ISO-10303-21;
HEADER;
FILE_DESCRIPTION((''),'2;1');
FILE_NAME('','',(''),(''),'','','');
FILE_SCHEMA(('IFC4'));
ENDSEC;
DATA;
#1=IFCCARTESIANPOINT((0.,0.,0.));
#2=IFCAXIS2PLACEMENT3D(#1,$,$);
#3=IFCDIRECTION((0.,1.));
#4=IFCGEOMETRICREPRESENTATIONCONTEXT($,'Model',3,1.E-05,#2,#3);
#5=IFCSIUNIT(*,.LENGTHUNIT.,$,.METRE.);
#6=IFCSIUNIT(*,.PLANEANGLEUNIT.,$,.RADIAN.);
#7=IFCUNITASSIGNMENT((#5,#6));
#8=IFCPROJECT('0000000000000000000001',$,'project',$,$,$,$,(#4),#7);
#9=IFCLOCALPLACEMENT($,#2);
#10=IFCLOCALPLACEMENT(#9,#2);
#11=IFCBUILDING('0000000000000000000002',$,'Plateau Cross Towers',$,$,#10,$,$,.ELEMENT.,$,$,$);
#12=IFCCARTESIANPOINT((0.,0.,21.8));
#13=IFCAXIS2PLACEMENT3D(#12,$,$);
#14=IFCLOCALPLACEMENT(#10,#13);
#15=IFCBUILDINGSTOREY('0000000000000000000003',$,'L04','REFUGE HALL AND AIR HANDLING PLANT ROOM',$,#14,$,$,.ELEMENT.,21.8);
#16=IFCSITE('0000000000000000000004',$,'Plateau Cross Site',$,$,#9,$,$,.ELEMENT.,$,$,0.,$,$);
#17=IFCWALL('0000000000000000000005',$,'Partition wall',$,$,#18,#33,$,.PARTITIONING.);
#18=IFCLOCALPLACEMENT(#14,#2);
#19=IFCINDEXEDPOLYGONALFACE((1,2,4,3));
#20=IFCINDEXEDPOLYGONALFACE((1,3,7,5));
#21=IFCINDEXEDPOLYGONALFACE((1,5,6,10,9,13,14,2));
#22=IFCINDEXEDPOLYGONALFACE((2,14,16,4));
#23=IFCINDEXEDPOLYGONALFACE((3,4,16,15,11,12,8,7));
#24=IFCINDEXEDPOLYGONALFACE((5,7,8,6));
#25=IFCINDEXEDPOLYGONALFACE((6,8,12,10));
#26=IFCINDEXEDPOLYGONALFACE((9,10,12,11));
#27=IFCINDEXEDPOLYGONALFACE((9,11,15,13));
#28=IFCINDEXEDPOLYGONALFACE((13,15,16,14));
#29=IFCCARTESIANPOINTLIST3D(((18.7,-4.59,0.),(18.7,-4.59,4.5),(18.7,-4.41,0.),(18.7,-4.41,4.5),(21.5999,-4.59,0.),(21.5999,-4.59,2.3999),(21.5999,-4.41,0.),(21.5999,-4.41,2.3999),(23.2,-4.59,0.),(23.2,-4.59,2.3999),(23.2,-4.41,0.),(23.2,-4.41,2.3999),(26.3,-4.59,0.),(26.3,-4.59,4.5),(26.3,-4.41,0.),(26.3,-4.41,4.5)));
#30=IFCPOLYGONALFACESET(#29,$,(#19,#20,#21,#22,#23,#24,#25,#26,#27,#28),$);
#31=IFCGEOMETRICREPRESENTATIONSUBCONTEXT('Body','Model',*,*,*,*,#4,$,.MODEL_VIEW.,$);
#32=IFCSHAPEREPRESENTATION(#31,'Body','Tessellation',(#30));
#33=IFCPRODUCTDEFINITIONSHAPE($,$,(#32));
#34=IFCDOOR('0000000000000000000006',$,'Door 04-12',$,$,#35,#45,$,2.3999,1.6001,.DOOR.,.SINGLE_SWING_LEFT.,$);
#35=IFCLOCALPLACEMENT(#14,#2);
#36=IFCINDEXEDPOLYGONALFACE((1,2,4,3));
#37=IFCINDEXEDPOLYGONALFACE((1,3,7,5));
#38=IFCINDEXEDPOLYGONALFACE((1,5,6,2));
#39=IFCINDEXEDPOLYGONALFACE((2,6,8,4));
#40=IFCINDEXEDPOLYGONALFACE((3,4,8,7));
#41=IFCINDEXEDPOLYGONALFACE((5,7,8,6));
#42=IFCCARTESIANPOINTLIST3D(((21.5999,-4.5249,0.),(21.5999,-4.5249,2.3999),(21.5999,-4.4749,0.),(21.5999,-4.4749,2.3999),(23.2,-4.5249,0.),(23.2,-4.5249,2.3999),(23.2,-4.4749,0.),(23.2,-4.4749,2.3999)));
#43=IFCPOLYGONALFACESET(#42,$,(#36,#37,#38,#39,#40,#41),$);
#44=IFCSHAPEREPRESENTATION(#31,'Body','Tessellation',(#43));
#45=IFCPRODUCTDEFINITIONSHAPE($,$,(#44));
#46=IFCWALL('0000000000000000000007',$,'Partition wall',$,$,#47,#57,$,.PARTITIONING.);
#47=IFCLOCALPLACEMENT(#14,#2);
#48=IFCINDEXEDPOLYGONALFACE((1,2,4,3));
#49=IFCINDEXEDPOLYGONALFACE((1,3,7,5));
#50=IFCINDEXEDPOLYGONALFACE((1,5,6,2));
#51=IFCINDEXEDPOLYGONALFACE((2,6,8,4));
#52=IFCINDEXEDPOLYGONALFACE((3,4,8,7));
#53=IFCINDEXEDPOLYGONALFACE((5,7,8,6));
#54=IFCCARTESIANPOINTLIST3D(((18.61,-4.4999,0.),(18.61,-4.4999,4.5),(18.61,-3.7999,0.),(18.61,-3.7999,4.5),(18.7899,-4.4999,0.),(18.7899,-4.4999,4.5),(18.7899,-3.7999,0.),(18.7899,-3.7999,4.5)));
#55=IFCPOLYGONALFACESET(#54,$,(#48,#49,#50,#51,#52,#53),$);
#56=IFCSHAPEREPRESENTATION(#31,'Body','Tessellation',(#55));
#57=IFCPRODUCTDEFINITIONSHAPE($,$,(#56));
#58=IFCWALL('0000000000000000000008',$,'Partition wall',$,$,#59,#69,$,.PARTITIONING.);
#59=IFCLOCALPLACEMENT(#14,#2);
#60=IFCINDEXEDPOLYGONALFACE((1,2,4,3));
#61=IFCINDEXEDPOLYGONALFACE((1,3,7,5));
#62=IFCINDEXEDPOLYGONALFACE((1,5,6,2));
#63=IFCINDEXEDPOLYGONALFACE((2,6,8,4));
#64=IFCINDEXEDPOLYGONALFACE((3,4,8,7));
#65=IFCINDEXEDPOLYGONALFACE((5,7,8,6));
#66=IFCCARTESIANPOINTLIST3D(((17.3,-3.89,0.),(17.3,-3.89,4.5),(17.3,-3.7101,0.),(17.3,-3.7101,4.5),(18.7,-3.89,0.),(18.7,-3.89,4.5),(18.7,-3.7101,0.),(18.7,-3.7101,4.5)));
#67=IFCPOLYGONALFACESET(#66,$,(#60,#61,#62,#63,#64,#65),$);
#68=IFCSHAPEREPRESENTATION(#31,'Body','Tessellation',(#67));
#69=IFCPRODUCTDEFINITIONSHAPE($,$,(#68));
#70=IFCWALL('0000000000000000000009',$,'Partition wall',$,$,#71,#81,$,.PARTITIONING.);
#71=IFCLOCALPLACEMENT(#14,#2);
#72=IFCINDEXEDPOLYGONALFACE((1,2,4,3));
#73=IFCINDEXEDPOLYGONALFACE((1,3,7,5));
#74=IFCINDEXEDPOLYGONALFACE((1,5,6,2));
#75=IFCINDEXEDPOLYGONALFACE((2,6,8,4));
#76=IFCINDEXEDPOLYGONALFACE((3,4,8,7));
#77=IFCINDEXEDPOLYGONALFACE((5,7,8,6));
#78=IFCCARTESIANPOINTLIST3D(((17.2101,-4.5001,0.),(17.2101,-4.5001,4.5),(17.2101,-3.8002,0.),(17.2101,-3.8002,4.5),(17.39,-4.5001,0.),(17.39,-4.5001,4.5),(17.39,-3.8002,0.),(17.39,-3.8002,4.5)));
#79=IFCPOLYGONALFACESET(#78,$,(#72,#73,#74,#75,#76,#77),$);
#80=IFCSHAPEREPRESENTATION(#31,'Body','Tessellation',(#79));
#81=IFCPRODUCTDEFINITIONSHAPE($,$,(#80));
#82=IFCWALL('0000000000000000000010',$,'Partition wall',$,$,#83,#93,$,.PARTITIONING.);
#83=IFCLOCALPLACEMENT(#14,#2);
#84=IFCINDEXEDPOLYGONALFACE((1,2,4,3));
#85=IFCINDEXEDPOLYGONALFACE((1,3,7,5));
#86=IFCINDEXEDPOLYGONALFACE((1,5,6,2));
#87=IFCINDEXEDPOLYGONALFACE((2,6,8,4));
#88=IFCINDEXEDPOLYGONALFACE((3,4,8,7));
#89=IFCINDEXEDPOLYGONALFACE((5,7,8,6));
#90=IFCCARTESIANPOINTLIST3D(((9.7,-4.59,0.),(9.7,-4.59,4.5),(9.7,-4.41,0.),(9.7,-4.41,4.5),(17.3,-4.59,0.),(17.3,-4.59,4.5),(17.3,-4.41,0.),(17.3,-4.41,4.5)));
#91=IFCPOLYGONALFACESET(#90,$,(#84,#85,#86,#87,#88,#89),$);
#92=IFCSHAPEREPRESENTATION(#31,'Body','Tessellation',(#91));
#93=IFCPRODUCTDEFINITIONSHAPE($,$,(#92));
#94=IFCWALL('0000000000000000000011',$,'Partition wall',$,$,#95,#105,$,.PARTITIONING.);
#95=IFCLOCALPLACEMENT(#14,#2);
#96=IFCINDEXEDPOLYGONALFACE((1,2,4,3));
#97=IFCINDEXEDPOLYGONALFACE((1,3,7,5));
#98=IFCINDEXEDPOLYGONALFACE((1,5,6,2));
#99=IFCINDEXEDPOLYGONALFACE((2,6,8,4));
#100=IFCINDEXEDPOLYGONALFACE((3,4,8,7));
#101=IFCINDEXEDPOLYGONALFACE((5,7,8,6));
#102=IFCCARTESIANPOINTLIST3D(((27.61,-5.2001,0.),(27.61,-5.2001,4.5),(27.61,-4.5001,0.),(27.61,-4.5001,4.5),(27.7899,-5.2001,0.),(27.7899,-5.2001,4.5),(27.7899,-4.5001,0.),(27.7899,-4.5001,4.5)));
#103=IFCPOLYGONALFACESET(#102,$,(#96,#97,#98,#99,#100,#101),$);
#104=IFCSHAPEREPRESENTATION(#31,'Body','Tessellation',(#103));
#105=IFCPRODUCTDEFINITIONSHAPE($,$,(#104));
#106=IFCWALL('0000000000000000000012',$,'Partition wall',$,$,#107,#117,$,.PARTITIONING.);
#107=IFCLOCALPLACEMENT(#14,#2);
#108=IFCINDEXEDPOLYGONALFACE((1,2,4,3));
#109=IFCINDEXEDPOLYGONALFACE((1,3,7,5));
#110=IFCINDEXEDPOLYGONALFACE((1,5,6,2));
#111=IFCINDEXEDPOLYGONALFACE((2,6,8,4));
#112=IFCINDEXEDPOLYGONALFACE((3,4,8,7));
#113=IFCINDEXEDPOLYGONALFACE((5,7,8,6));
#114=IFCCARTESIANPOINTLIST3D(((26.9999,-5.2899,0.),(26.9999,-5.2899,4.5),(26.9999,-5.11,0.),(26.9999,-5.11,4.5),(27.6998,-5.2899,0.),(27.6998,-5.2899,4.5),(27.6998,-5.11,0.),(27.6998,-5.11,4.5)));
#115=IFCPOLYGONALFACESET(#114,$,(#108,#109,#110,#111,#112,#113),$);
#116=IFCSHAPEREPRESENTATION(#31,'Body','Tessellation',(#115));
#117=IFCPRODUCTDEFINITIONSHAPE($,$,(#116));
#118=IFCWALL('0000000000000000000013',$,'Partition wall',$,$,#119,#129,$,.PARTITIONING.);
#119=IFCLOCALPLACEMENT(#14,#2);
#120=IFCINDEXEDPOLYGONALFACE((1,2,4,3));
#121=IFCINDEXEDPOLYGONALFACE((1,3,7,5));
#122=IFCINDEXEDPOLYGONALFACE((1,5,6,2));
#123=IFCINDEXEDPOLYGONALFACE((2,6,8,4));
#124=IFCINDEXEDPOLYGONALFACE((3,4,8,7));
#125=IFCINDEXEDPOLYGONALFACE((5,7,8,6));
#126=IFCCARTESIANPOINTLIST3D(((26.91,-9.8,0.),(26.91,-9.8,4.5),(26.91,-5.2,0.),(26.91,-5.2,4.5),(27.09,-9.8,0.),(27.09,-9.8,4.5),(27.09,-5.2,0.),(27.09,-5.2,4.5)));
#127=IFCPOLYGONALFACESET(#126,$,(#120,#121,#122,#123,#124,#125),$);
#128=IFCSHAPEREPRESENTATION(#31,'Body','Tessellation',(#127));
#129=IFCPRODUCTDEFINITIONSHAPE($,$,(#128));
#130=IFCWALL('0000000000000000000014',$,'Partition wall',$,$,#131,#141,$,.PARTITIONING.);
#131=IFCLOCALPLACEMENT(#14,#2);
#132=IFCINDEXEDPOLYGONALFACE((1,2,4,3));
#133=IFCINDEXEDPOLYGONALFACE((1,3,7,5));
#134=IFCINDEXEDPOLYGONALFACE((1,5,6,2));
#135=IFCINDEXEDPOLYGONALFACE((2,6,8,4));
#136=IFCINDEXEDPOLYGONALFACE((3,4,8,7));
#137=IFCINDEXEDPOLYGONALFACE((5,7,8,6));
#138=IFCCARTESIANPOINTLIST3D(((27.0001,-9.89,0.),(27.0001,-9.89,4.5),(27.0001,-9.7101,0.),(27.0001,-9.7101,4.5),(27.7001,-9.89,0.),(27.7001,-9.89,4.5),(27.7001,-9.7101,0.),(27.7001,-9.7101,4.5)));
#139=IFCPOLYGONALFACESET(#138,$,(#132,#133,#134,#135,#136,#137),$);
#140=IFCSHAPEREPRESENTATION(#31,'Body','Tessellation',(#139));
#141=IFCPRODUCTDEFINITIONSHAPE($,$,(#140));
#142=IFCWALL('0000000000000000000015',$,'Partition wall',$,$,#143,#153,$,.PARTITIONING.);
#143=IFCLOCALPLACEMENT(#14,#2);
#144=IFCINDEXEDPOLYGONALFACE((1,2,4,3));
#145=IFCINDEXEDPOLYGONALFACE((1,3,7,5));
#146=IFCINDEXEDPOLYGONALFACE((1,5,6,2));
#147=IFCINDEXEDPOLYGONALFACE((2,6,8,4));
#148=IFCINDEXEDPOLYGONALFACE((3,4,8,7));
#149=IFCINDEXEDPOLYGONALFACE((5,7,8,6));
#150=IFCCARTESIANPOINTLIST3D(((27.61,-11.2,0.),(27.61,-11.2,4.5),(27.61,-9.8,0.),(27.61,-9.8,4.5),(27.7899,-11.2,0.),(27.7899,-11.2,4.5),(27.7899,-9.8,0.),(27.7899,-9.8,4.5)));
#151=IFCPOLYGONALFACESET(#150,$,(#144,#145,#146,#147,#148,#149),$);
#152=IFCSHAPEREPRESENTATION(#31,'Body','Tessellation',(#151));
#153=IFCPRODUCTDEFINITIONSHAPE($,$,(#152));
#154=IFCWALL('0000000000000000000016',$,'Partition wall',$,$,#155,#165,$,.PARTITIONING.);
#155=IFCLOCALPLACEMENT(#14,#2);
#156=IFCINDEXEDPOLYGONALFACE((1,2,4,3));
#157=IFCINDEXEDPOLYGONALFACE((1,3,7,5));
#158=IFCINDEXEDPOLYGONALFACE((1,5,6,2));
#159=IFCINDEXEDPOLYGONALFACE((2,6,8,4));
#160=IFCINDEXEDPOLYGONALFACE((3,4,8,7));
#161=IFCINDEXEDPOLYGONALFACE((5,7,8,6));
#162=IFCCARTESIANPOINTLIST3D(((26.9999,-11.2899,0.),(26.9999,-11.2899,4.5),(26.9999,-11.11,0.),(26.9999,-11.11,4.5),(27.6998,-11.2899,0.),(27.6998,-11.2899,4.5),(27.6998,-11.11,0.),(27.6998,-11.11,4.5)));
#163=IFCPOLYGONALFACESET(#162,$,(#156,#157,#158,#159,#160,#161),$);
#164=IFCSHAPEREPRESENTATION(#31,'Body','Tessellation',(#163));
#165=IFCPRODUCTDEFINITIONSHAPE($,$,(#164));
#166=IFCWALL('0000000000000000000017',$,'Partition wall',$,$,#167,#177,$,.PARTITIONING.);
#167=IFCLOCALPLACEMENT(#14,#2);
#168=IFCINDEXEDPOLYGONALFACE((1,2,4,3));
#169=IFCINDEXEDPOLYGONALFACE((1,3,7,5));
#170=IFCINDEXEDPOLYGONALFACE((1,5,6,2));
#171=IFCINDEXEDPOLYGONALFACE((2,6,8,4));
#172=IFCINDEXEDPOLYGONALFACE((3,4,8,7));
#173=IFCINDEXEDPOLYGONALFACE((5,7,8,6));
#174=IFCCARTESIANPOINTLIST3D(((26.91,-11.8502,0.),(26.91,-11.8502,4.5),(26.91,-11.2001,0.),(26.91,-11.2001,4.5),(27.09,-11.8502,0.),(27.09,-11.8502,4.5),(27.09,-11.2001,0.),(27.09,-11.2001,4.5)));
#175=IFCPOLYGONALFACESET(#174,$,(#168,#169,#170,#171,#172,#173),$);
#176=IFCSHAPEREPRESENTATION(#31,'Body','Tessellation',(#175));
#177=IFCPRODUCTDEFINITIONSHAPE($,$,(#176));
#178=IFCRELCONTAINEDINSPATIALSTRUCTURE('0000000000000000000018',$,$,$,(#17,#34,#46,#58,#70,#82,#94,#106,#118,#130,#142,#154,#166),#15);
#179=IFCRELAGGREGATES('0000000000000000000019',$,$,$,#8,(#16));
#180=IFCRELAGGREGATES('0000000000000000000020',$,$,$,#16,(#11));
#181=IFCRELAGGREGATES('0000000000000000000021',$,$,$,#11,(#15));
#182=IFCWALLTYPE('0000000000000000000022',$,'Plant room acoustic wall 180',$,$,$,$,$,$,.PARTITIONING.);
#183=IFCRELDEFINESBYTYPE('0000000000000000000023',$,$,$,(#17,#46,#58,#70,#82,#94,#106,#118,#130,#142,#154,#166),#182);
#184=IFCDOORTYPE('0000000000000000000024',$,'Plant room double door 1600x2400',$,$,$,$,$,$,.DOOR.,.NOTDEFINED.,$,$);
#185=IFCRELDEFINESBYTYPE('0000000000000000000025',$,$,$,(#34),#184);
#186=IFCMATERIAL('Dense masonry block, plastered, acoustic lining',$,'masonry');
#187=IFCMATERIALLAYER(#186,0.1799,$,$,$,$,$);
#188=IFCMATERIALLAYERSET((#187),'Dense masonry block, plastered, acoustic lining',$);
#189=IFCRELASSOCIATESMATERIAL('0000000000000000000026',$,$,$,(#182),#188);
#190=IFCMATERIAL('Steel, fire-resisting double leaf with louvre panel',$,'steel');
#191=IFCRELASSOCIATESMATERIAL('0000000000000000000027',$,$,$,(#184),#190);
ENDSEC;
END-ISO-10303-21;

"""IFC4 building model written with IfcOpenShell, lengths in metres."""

from ifc_helpers import new_model, si_unit, direction, frame, frame_2d, origin, place, context, subcontext, project, spatial, rectangle, extrude, material, layer, layer_set, type_object, element, fill, save


model = new_model("IFC4")

# Units and contexts
model_context = context("Model", 3, precision=1e-05, world=origin(), true_north=direction((0.0, 1.0)))
body_context = subcontext(model_context, "Body", "Model", "MODEL_VIEW")
ifc_project = project(units=[si_unit("LENGTHUNIT", "METRE"), si_unit("PLANEANGLEUNIT", "RADIAN")], contexts=[model_context])

# Site, building, storey
site_placement = place(None, origin())
site = spatial("IfcSite", under=ifc_project, at=site_placement, Name="Plateau Cross Site", CompositionType="ELEMENT", RefElevation=0.0)
building_placement = place(site_placement, origin())
building = spatial("IfcBuilding", under=site, at=building_placement, Name="Plateau Cross Towers", CompositionType="ELEMENT")
storey_placement = place(building_placement, frame((0.0, 0.0, 21.8)))
storey = spatial("IfcBuildingStorey", under=building, at=storey_placement, Name="L04", Description="REFUGE HALL AND AIR HANDLING PLANT ROOM", CompositionType="ELEMENT", Elevation=21.8)

# Shared definitions
ifc_material_1 = material(Name="Dense masonry block, plastered, acoustic lining", Category="masonry")
ifc_layer_1 = layer(ifc_material_1, 0.1799)
ifc_layer_set_1 = layer_set([ifc_layer_1], Name="Dense masonry block, plastered, acoustic lining")
wall_type = type_object("IfcWallType", Name="Plant room acoustic wall 180", PredefinedType="PARTITIONING", material=ifc_layer_set_1)

# Wall, opening, door
wall_1_placement = place(storey_placement, frame((26.3, -4.5, 0.0), z_axis=(0.0, 0.0, 1.0), x_axis=(-1.0, 0.0, 0.0)))
wall_1 = element("IfcWall", 1, at=wall_1_placement, inside=storey, type_object=wall_type, Name="Partition wall", PredefinedType="PARTITIONING", context=body_context, shape_type="SweptSolid", body=[
    extrude(rectangle(XDim=7.6001, YDim=0.1799, at=frame_2d((3.8, 0.0))), origin(), (0.0, 0.0, 1.0), 4.5),
])
opening_placement = place(wall_1_placement, frame((3.1001, 0.0, 0.0)))
opening = element("IfcOpeningElement", 2, at=opening_placement, cuts=wall_1, PredefinedType="OPENING", context=body_context, shape_type="SweptSolid", body=[
    extrude(rectangle(XDim=1.6001, YDim=2.3999, at=frame_2d((0.8, 1.2))), frame((0.0, 0.0999, 0.0), z_axis=(0.0, -1.0, 0.0), x_axis=(1.0, 0.0, 0.0)), (0.0, 0.0, 1.0), 0.2),
])
ifc_material_2 = material(Name="Steel, fire-resisting double leaf with louvre panel", Category="steel")
door_type = type_object("IfcDoorType", Name="Plant room double door 1600x2400", OperationType="NOTDEFINED", PredefinedType="DOOR", material=ifc_material_2)
door_placement = place(opening_placement, origin())
door = element("IfcDoor", 3, at=door_placement, inside=storey, type_object=door_type, Name="Door 04-12", OperationType="SINGLE_SWING_LEFT", OverallHeight=2.3999, OverallWidth=1.6001, PredefinedType="DOOR", context=body_context, shape_type="SweptSolid", body=[
    extrude(rectangle(XDim=1.6001, YDim=2.3999, at=frame_2d((0.8, 1.2))), frame((0.0, 0.0249, 0.0), z_axis=(0.0, -1.0, 0.0), x_axis=(1.0, 0.0, 0.0)), (0.0, 0.0, 1.0), 0.05),
])
fill(opening, door)

# Walls
wall_2_placement = place(storey_placement, frame((18.7, -4.5, 0.0), z_axis=(0.0, 0.0, 1.0), x_axis=(0.0, 1.0, 0.0)))
element("IfcWall", 4, at=wall_2_placement, inside=storey, type_object=wall_type, Name="Partition wall", PredefinedType="PARTITIONING", context=body_context, shape_type="SweptSolid", body=[
    extrude(rectangle(XDim=0.7, YDim=0.1799, at=frame_2d((0.3501, 0.0))), origin(), (0.0, 0.0, 1.0), 4.5),
])
wall_3_placement = place(storey_placement, frame((18.7, -3.8, 0.0), z_axis=(0.0, 0.0, 1.0), x_axis=(-1.0, 0.0, 0.0)))
element("IfcWall", 5, at=wall_3_placement, inside=storey, type_object=wall_type, Name="Partition wall", PredefinedType="PARTITIONING", context=body_context, shape_type="SweptSolid", body=[
    extrude(rectangle(XDim=1.3999, YDim=0.1799, at=frame_2d((0.7, 0.0))), origin(), (0.0, 0.0, 1.0), 4.5),
])
wall_4_placement = place(storey_placement, frame((17.3, -3.8, 0.0), z_axis=(0.0, 0.0, 1.0), x_axis=(0.0, -1.0, 0.0)))
element("IfcWall", 6, at=wall_4_placement, inside=storey, type_object=wall_type, Name="Partition wall", PredefinedType="PARTITIONING", context=body_context, shape_type="SweptSolid", body=[
    extrude(rectangle(XDim=0.7, YDim=0.1799, at=frame_2d((0.3501, 0.0))), origin(), (0.0, 0.0, 1.0), 4.5),
])
wall_5_placement = place(storey_placement, frame((17.3, -4.5, 0.0), z_axis=(0.0, 0.0, 1.0), x_axis=(-1.0, 0.0, 0.0)))
element("IfcWall", 7, at=wall_5_placement, inside=storey, type_object=wall_type, Name="Partition wall", PredefinedType="PARTITIONING", context=body_context, shape_type="SweptSolid", body=[
    extrude(rectangle(XDim=7.6001, YDim=0.1799, at=frame_2d((3.8, 0.0))), origin(), (0.0, 0.0, 1.0), 4.5),
])
for number, where, z_axis, x_axis, name in (
    (8, (27.7, -4.5, 0.0), (0.0, 0.0, 1.0), (0.0, -1.0, 0.0), "Partition wall"),
    (9, (27.7, -5.2, 0.0), (0.0, 0.0, 1.0), (-1.0, 0.0, 0.0), "Partition wall"),
):
    element("IfcWall", number, at=place(storey_placement, frame(where, z_axis=z_axis, x_axis=x_axis)), inside=storey, type_object=wall_type, Name=name, PredefinedType="PARTITIONING", context=body_context, shape_type="SweptSolid", body=[
        extrude(rectangle(XDim=0.7, YDim=0.1799, at=frame_2d((0.3501, 0.0))), origin(), (0.0, 0.0, 1.0), 4.5),
    ])
wall_6_placement = place(storey_placement, frame((27.0, -5.2, 0.0), z_axis=(0.0, 0.0, 1.0), x_axis=(0.0, -1.0, 0.0)))
element("IfcWall", 10, at=wall_6_placement, inside=storey, type_object=wall_type, Name="Partition wall", PredefinedType="PARTITIONING", context=body_context, shape_type="SweptSolid", body=[
    extrude(rectangle(XDim=4.6001, YDim=0.1799, at=frame_2d((2.3, 0.0))), origin(), (0.0, 0.0, 1.0), 4.5),
])
wall_7_placement = place(storey_placement, frame((27.0, -9.8, 0.0), z_axis=(0.0, 0.0, 1.0), x_axis=(1.0, 0.0, 0.0)))
element("IfcWall", 11, at=wall_7_placement, inside=storey, type_object=wall_type, Name="Partition wall", PredefinedType="PARTITIONING", context=body_context, shape_type="SweptSolid", body=[
    extrude(rectangle(XDim=0.7, YDim=0.1799, at=frame_2d((0.3501, 0.0))), origin(), (0.0, 0.0, 1.0), 4.5),
])
wall_8_placement = place(storey_placement, frame((27.7, -9.8, 0.0), z_axis=(0.0, 0.0, 1.0), x_axis=(0.0, -1.0, 0.0)))
element("IfcWall", 12, at=wall_8_placement, inside=storey, type_object=wall_type, Name="Partition wall", PredefinedType="PARTITIONING", context=body_context, shape_type="SweptSolid", body=[
    extrude(rectangle(XDim=1.3999, YDim=0.1799, at=frame_2d((0.7, 0.0))), origin(), (0.0, 0.0, 1.0), 4.5),
])
wall_9_placement = place(storey_placement, frame((27.7, -11.2, 0.0), z_axis=(0.0, 0.0, 1.0), x_axis=(-1.0, 0.0, 0.0)))
element("IfcWall", 13, at=wall_9_placement, inside=storey, type_object=wall_type, Name="Partition wall", PredefinedType="PARTITIONING", context=body_context, shape_type="SweptSolid", body=[
    extrude(rectangle(XDim=0.7, YDim=0.1799, at=frame_2d((0.3501, 0.0))), origin(), (0.0, 0.0, 1.0), 4.5),
])
wall_10_placement = place(storey_placement, frame((27.0, -11.2, 0.0), z_axis=(0.0, 0.0, 1.0), x_axis=(0.0, -1.0, 0.0)))
element("IfcWall", 14, at=wall_10_placement, inside=storey, type_object=wall_type, Name="Partition wall", PredefinedType="PARTITIONING", context=body_context, shape_type="SweptSolid", body=[
    extrude(rectangle(XDim=0.6501, YDim=0.1799, at=frame_2d((0.3252, 0.0))), origin(), (0.0, 0.0, 1.0), 4.5),
])

save(model, "model.ifc")
